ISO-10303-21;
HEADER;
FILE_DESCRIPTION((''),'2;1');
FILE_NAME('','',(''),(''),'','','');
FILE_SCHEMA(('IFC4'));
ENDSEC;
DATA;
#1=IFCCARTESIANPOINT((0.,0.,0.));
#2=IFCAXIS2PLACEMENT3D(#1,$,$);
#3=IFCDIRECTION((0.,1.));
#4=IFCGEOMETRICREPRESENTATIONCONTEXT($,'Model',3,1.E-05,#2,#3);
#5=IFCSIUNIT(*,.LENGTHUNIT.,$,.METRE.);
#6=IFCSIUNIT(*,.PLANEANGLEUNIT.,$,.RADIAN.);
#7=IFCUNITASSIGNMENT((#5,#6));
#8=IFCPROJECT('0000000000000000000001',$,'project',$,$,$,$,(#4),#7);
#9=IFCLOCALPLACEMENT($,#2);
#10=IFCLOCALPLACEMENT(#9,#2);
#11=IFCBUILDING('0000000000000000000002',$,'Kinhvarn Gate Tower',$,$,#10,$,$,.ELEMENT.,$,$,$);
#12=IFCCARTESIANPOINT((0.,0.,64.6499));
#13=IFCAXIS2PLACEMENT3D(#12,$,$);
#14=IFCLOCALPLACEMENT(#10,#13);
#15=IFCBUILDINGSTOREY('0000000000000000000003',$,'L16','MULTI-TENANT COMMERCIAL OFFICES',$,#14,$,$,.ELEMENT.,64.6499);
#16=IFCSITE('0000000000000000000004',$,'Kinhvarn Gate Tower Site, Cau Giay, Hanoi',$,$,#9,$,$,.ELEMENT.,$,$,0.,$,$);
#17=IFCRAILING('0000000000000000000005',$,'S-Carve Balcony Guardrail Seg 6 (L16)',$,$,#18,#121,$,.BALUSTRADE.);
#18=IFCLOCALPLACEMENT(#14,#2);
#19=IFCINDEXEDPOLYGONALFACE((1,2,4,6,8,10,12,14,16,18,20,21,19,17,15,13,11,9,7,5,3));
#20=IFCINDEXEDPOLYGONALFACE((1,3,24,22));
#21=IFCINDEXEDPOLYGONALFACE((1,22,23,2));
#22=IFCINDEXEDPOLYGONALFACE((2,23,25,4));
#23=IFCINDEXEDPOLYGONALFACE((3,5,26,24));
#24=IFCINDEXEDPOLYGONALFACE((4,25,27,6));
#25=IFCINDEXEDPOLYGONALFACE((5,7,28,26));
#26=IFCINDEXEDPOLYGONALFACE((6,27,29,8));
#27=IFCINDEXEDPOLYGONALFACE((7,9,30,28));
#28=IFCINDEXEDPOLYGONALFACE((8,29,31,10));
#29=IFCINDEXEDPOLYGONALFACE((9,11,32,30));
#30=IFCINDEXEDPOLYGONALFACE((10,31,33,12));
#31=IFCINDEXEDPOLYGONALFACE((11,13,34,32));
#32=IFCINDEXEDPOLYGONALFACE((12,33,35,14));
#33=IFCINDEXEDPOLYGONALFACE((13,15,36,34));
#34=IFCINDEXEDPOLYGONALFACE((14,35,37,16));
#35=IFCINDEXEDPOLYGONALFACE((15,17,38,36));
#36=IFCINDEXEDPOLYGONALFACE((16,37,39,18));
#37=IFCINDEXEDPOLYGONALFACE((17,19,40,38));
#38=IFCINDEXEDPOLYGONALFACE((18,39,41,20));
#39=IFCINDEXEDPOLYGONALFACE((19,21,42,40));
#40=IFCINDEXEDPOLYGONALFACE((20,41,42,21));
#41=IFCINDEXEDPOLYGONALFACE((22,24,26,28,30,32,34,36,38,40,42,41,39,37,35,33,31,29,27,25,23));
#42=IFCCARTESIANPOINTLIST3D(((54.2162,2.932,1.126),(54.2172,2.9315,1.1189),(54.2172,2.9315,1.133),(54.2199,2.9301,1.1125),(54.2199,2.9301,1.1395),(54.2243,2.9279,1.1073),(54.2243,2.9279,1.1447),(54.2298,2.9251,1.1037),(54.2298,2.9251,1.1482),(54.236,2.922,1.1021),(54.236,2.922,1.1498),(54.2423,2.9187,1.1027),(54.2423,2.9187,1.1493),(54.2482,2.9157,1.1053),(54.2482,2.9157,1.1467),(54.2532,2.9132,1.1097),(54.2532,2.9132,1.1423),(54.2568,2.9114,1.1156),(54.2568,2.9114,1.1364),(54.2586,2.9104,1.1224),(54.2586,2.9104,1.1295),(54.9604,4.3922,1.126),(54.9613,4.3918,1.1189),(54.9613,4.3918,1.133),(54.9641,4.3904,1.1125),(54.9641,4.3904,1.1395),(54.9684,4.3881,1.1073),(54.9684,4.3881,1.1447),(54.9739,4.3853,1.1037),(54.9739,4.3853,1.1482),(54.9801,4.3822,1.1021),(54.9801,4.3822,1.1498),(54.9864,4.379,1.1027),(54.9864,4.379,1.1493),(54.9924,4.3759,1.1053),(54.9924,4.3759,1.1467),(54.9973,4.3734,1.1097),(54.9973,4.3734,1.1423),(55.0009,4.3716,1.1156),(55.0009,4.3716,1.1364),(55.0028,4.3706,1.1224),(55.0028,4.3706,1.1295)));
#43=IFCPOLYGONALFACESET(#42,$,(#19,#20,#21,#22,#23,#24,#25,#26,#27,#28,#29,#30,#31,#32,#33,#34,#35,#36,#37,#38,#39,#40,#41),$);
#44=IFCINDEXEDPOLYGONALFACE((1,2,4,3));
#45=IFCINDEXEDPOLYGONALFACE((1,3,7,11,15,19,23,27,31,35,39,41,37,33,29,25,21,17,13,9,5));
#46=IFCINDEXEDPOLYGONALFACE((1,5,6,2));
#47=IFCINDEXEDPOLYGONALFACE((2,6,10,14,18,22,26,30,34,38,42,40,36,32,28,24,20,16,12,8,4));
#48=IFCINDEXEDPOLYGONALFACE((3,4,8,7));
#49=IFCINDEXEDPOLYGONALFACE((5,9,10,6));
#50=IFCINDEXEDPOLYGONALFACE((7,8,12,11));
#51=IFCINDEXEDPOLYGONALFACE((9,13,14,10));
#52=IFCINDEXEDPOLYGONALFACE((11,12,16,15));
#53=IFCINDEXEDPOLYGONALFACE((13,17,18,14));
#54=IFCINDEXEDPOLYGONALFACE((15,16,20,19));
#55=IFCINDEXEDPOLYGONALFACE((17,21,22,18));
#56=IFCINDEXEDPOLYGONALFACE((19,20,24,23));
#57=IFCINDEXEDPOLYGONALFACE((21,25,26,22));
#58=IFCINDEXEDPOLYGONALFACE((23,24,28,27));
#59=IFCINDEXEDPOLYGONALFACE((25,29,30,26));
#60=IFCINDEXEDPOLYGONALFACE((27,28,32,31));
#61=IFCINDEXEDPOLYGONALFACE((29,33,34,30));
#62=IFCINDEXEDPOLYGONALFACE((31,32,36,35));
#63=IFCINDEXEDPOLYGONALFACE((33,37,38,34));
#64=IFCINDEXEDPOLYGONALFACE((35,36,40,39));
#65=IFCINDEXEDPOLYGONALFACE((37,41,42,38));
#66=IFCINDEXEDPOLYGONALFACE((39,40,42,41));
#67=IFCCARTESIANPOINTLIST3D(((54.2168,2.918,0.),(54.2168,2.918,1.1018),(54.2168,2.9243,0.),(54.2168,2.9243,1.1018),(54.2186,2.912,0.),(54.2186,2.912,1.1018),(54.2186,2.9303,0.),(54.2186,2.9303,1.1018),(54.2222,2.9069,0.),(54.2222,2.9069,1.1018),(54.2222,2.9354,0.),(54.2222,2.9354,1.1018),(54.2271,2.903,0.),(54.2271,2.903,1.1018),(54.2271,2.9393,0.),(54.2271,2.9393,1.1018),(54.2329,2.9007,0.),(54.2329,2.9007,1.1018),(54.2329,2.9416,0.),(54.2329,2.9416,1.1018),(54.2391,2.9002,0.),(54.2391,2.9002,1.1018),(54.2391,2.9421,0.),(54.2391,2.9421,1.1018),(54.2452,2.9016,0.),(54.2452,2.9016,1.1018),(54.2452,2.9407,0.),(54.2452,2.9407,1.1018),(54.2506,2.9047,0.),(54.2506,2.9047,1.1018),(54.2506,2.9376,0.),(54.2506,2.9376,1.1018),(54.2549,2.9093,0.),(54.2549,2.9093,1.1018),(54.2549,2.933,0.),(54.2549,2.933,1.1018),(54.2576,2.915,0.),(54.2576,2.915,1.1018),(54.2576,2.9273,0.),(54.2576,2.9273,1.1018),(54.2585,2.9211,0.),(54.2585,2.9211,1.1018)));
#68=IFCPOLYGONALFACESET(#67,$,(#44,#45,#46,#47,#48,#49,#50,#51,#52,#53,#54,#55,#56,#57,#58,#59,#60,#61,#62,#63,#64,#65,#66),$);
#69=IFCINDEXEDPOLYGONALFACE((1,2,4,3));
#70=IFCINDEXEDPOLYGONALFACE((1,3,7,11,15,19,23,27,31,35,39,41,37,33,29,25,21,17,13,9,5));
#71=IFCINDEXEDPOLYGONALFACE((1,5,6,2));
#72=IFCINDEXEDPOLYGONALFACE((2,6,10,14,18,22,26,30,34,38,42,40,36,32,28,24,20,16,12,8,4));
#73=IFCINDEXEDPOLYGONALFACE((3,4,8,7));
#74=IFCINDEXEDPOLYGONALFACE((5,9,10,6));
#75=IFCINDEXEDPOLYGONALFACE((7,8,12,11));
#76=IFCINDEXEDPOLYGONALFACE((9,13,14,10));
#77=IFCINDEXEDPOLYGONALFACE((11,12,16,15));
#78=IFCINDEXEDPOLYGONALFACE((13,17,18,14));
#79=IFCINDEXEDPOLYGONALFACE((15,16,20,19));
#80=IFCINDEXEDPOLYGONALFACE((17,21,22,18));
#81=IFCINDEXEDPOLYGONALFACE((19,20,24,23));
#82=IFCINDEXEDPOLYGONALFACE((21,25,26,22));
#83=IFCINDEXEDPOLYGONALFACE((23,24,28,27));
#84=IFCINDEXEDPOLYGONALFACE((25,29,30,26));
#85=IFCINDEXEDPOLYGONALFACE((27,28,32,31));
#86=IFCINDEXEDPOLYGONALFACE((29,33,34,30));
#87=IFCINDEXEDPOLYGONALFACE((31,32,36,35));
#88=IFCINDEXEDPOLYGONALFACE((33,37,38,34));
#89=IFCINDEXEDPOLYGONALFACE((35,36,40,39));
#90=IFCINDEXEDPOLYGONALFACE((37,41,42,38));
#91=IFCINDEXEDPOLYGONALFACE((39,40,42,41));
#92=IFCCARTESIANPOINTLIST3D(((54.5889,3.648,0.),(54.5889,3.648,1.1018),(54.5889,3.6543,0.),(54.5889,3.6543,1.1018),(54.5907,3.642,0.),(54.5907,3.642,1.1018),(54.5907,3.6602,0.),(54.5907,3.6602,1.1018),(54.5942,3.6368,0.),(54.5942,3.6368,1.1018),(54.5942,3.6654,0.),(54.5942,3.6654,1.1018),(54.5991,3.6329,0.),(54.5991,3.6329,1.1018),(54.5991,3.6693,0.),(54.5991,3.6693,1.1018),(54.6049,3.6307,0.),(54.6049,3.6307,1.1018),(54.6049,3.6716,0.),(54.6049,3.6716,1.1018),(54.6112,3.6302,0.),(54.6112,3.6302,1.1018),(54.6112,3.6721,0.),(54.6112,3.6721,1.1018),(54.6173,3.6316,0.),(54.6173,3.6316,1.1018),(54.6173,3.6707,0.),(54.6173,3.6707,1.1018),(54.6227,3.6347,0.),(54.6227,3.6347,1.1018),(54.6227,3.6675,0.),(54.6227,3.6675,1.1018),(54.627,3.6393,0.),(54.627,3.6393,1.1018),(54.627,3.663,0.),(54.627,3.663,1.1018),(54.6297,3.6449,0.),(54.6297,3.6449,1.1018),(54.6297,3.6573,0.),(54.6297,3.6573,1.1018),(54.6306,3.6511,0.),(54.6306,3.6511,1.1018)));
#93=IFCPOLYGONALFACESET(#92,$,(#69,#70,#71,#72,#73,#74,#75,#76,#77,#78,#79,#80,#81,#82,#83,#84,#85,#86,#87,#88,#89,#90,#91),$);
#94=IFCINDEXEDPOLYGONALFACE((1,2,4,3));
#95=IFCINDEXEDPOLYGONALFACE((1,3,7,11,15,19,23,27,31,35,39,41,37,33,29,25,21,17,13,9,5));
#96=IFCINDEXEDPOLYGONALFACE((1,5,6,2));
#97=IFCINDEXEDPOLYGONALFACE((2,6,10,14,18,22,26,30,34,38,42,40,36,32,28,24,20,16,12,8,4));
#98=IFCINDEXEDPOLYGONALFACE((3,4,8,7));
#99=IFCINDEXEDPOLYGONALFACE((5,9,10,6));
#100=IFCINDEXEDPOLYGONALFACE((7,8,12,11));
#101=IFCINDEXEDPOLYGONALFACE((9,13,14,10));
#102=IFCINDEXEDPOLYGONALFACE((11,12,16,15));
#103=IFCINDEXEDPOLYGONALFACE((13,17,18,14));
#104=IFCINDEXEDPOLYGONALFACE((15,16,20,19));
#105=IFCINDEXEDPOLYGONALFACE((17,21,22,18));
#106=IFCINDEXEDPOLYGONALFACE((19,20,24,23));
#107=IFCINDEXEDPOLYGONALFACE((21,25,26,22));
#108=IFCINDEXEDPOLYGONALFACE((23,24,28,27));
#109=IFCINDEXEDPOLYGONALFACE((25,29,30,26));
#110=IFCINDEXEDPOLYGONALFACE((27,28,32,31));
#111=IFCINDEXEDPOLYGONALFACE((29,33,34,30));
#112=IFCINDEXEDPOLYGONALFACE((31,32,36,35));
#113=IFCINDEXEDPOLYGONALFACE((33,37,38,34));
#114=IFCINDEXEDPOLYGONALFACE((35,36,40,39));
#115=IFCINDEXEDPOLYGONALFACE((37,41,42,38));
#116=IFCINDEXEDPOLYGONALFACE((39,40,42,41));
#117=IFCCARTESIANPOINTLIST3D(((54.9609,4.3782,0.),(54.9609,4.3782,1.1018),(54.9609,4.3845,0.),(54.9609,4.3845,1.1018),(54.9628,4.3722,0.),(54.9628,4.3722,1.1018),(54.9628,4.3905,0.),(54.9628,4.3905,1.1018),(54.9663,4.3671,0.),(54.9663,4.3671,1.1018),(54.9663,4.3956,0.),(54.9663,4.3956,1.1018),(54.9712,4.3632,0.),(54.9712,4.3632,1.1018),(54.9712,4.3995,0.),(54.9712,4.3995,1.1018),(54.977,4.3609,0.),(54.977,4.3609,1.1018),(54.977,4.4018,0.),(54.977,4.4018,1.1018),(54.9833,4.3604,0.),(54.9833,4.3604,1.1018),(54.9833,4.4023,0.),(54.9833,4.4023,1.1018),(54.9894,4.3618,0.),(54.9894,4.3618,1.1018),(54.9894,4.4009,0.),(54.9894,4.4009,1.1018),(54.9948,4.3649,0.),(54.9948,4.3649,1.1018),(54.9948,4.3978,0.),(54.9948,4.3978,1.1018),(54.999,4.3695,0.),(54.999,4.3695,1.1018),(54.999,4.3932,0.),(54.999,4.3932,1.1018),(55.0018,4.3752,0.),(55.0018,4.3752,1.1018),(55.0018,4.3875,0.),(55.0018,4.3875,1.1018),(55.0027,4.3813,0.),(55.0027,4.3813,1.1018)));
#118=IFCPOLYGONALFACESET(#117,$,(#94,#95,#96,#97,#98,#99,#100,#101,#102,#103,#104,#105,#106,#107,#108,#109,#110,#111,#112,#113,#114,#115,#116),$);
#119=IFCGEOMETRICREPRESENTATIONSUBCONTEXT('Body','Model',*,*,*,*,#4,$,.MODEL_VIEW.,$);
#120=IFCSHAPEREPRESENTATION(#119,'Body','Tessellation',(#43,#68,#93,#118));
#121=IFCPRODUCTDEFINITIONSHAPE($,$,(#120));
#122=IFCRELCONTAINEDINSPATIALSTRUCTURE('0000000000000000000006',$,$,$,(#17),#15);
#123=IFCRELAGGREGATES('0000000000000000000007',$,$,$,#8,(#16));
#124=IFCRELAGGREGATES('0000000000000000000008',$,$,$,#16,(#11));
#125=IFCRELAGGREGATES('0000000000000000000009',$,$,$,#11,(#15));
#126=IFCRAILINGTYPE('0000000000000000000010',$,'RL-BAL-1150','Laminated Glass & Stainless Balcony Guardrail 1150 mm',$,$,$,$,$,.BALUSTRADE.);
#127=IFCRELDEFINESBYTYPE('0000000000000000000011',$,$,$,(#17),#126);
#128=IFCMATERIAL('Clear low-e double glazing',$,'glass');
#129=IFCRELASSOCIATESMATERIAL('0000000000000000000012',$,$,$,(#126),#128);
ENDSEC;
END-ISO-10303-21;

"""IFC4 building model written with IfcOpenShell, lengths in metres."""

from ifc_helpers import new_model, si_unit, direction, frame, origin, origin_2d, place, context, subcontext, project, spatial, circle, extrude, material, type_object, element, save


model = new_model("IFC4")

# Units and contexts
model_context = context("Model", 3, precision=1e-05, world=origin(), true_north=direction((0.0, 1.0)))
body_context = subcontext(model_context, "Body", "Model", "MODEL_VIEW")
ifc_project = project(units=[si_unit("LENGTHUNIT", "METRE"), si_unit("PLANEANGLEUNIT", "RADIAN")], contexts=[model_context])

# Site, building, storey
site_placement = place(None, origin())
site = spatial("IfcSite", under=ifc_project, at=site_placement, Name="Kinhvarn Gate Tower Site, Cau Giay, Hanoi", CompositionType="ELEMENT", RefElevation=0.0)
building_placement = place(site_placement, origin())
building = spatial("IfcBuilding", under=site, at=building_placement, Name="Kinhvarn Gate Tower", CompositionType="ELEMENT")
storey_placement = place(building_placement, frame((0.0, 0.0, 64.6499)))
storey = spatial("IfcBuildingStorey", under=building, at=storey_placement, Name="L16", Description="MULTI-TENANT COMMERCIAL OFFICES", CompositionType="ELEMENT", Elevation=64.6499)

# Shared definitions
ifc_material_1 = material(Name="Clear low-e double glazing", Category="glass")

# Railing
railing_type = type_object("IfcRailingType", Name="RL-BAL-1150", Description="Laminated Glass & Stainless Balcony Guardrail 1150 mm", PredefinedType="BALUSTRADE", material=ifc_material_1)
railing_1_placement = place(storey_placement, frame((54.2375, 2.9211, 0.0)))
element("IfcRailing", 1, at=railing_1_placement, inside=storey, type_object=railing_type, Name="S-Carve Balcony Guardrail Seg 6 (L16)", PredefinedType="BALUSTRADE", context=body_context, shape_type="SweptSolid", body=[
    extrude(circle(Radius=0.0239, at=origin_2d()), frame((0.0, 0.0, 1.126), z_axis=(0.454053, 0.890975, 0.0), x_axis=(-0.890975, 0.454053, 0.0)), (0.0, 0.0, 1.0), 1.6389),
    extrude(circle(Radius=0.021, at=origin_2d()), origin(), (0.0, 0.0, 1.0), 1.1018),
    extrude(circle(Radius=0.021, at=origin_2d()), frame((0.3721, 0.73, 0.0)), (0.0, 0.0, 1.0), 1.1018),
    extrude(circle(Radius=0.021, at=origin_2d()), frame((0.7441, 1.4602, 0.0)), (0.0, 0.0, 1.0), 1.1018),
])

save(model, "model.ifc")
